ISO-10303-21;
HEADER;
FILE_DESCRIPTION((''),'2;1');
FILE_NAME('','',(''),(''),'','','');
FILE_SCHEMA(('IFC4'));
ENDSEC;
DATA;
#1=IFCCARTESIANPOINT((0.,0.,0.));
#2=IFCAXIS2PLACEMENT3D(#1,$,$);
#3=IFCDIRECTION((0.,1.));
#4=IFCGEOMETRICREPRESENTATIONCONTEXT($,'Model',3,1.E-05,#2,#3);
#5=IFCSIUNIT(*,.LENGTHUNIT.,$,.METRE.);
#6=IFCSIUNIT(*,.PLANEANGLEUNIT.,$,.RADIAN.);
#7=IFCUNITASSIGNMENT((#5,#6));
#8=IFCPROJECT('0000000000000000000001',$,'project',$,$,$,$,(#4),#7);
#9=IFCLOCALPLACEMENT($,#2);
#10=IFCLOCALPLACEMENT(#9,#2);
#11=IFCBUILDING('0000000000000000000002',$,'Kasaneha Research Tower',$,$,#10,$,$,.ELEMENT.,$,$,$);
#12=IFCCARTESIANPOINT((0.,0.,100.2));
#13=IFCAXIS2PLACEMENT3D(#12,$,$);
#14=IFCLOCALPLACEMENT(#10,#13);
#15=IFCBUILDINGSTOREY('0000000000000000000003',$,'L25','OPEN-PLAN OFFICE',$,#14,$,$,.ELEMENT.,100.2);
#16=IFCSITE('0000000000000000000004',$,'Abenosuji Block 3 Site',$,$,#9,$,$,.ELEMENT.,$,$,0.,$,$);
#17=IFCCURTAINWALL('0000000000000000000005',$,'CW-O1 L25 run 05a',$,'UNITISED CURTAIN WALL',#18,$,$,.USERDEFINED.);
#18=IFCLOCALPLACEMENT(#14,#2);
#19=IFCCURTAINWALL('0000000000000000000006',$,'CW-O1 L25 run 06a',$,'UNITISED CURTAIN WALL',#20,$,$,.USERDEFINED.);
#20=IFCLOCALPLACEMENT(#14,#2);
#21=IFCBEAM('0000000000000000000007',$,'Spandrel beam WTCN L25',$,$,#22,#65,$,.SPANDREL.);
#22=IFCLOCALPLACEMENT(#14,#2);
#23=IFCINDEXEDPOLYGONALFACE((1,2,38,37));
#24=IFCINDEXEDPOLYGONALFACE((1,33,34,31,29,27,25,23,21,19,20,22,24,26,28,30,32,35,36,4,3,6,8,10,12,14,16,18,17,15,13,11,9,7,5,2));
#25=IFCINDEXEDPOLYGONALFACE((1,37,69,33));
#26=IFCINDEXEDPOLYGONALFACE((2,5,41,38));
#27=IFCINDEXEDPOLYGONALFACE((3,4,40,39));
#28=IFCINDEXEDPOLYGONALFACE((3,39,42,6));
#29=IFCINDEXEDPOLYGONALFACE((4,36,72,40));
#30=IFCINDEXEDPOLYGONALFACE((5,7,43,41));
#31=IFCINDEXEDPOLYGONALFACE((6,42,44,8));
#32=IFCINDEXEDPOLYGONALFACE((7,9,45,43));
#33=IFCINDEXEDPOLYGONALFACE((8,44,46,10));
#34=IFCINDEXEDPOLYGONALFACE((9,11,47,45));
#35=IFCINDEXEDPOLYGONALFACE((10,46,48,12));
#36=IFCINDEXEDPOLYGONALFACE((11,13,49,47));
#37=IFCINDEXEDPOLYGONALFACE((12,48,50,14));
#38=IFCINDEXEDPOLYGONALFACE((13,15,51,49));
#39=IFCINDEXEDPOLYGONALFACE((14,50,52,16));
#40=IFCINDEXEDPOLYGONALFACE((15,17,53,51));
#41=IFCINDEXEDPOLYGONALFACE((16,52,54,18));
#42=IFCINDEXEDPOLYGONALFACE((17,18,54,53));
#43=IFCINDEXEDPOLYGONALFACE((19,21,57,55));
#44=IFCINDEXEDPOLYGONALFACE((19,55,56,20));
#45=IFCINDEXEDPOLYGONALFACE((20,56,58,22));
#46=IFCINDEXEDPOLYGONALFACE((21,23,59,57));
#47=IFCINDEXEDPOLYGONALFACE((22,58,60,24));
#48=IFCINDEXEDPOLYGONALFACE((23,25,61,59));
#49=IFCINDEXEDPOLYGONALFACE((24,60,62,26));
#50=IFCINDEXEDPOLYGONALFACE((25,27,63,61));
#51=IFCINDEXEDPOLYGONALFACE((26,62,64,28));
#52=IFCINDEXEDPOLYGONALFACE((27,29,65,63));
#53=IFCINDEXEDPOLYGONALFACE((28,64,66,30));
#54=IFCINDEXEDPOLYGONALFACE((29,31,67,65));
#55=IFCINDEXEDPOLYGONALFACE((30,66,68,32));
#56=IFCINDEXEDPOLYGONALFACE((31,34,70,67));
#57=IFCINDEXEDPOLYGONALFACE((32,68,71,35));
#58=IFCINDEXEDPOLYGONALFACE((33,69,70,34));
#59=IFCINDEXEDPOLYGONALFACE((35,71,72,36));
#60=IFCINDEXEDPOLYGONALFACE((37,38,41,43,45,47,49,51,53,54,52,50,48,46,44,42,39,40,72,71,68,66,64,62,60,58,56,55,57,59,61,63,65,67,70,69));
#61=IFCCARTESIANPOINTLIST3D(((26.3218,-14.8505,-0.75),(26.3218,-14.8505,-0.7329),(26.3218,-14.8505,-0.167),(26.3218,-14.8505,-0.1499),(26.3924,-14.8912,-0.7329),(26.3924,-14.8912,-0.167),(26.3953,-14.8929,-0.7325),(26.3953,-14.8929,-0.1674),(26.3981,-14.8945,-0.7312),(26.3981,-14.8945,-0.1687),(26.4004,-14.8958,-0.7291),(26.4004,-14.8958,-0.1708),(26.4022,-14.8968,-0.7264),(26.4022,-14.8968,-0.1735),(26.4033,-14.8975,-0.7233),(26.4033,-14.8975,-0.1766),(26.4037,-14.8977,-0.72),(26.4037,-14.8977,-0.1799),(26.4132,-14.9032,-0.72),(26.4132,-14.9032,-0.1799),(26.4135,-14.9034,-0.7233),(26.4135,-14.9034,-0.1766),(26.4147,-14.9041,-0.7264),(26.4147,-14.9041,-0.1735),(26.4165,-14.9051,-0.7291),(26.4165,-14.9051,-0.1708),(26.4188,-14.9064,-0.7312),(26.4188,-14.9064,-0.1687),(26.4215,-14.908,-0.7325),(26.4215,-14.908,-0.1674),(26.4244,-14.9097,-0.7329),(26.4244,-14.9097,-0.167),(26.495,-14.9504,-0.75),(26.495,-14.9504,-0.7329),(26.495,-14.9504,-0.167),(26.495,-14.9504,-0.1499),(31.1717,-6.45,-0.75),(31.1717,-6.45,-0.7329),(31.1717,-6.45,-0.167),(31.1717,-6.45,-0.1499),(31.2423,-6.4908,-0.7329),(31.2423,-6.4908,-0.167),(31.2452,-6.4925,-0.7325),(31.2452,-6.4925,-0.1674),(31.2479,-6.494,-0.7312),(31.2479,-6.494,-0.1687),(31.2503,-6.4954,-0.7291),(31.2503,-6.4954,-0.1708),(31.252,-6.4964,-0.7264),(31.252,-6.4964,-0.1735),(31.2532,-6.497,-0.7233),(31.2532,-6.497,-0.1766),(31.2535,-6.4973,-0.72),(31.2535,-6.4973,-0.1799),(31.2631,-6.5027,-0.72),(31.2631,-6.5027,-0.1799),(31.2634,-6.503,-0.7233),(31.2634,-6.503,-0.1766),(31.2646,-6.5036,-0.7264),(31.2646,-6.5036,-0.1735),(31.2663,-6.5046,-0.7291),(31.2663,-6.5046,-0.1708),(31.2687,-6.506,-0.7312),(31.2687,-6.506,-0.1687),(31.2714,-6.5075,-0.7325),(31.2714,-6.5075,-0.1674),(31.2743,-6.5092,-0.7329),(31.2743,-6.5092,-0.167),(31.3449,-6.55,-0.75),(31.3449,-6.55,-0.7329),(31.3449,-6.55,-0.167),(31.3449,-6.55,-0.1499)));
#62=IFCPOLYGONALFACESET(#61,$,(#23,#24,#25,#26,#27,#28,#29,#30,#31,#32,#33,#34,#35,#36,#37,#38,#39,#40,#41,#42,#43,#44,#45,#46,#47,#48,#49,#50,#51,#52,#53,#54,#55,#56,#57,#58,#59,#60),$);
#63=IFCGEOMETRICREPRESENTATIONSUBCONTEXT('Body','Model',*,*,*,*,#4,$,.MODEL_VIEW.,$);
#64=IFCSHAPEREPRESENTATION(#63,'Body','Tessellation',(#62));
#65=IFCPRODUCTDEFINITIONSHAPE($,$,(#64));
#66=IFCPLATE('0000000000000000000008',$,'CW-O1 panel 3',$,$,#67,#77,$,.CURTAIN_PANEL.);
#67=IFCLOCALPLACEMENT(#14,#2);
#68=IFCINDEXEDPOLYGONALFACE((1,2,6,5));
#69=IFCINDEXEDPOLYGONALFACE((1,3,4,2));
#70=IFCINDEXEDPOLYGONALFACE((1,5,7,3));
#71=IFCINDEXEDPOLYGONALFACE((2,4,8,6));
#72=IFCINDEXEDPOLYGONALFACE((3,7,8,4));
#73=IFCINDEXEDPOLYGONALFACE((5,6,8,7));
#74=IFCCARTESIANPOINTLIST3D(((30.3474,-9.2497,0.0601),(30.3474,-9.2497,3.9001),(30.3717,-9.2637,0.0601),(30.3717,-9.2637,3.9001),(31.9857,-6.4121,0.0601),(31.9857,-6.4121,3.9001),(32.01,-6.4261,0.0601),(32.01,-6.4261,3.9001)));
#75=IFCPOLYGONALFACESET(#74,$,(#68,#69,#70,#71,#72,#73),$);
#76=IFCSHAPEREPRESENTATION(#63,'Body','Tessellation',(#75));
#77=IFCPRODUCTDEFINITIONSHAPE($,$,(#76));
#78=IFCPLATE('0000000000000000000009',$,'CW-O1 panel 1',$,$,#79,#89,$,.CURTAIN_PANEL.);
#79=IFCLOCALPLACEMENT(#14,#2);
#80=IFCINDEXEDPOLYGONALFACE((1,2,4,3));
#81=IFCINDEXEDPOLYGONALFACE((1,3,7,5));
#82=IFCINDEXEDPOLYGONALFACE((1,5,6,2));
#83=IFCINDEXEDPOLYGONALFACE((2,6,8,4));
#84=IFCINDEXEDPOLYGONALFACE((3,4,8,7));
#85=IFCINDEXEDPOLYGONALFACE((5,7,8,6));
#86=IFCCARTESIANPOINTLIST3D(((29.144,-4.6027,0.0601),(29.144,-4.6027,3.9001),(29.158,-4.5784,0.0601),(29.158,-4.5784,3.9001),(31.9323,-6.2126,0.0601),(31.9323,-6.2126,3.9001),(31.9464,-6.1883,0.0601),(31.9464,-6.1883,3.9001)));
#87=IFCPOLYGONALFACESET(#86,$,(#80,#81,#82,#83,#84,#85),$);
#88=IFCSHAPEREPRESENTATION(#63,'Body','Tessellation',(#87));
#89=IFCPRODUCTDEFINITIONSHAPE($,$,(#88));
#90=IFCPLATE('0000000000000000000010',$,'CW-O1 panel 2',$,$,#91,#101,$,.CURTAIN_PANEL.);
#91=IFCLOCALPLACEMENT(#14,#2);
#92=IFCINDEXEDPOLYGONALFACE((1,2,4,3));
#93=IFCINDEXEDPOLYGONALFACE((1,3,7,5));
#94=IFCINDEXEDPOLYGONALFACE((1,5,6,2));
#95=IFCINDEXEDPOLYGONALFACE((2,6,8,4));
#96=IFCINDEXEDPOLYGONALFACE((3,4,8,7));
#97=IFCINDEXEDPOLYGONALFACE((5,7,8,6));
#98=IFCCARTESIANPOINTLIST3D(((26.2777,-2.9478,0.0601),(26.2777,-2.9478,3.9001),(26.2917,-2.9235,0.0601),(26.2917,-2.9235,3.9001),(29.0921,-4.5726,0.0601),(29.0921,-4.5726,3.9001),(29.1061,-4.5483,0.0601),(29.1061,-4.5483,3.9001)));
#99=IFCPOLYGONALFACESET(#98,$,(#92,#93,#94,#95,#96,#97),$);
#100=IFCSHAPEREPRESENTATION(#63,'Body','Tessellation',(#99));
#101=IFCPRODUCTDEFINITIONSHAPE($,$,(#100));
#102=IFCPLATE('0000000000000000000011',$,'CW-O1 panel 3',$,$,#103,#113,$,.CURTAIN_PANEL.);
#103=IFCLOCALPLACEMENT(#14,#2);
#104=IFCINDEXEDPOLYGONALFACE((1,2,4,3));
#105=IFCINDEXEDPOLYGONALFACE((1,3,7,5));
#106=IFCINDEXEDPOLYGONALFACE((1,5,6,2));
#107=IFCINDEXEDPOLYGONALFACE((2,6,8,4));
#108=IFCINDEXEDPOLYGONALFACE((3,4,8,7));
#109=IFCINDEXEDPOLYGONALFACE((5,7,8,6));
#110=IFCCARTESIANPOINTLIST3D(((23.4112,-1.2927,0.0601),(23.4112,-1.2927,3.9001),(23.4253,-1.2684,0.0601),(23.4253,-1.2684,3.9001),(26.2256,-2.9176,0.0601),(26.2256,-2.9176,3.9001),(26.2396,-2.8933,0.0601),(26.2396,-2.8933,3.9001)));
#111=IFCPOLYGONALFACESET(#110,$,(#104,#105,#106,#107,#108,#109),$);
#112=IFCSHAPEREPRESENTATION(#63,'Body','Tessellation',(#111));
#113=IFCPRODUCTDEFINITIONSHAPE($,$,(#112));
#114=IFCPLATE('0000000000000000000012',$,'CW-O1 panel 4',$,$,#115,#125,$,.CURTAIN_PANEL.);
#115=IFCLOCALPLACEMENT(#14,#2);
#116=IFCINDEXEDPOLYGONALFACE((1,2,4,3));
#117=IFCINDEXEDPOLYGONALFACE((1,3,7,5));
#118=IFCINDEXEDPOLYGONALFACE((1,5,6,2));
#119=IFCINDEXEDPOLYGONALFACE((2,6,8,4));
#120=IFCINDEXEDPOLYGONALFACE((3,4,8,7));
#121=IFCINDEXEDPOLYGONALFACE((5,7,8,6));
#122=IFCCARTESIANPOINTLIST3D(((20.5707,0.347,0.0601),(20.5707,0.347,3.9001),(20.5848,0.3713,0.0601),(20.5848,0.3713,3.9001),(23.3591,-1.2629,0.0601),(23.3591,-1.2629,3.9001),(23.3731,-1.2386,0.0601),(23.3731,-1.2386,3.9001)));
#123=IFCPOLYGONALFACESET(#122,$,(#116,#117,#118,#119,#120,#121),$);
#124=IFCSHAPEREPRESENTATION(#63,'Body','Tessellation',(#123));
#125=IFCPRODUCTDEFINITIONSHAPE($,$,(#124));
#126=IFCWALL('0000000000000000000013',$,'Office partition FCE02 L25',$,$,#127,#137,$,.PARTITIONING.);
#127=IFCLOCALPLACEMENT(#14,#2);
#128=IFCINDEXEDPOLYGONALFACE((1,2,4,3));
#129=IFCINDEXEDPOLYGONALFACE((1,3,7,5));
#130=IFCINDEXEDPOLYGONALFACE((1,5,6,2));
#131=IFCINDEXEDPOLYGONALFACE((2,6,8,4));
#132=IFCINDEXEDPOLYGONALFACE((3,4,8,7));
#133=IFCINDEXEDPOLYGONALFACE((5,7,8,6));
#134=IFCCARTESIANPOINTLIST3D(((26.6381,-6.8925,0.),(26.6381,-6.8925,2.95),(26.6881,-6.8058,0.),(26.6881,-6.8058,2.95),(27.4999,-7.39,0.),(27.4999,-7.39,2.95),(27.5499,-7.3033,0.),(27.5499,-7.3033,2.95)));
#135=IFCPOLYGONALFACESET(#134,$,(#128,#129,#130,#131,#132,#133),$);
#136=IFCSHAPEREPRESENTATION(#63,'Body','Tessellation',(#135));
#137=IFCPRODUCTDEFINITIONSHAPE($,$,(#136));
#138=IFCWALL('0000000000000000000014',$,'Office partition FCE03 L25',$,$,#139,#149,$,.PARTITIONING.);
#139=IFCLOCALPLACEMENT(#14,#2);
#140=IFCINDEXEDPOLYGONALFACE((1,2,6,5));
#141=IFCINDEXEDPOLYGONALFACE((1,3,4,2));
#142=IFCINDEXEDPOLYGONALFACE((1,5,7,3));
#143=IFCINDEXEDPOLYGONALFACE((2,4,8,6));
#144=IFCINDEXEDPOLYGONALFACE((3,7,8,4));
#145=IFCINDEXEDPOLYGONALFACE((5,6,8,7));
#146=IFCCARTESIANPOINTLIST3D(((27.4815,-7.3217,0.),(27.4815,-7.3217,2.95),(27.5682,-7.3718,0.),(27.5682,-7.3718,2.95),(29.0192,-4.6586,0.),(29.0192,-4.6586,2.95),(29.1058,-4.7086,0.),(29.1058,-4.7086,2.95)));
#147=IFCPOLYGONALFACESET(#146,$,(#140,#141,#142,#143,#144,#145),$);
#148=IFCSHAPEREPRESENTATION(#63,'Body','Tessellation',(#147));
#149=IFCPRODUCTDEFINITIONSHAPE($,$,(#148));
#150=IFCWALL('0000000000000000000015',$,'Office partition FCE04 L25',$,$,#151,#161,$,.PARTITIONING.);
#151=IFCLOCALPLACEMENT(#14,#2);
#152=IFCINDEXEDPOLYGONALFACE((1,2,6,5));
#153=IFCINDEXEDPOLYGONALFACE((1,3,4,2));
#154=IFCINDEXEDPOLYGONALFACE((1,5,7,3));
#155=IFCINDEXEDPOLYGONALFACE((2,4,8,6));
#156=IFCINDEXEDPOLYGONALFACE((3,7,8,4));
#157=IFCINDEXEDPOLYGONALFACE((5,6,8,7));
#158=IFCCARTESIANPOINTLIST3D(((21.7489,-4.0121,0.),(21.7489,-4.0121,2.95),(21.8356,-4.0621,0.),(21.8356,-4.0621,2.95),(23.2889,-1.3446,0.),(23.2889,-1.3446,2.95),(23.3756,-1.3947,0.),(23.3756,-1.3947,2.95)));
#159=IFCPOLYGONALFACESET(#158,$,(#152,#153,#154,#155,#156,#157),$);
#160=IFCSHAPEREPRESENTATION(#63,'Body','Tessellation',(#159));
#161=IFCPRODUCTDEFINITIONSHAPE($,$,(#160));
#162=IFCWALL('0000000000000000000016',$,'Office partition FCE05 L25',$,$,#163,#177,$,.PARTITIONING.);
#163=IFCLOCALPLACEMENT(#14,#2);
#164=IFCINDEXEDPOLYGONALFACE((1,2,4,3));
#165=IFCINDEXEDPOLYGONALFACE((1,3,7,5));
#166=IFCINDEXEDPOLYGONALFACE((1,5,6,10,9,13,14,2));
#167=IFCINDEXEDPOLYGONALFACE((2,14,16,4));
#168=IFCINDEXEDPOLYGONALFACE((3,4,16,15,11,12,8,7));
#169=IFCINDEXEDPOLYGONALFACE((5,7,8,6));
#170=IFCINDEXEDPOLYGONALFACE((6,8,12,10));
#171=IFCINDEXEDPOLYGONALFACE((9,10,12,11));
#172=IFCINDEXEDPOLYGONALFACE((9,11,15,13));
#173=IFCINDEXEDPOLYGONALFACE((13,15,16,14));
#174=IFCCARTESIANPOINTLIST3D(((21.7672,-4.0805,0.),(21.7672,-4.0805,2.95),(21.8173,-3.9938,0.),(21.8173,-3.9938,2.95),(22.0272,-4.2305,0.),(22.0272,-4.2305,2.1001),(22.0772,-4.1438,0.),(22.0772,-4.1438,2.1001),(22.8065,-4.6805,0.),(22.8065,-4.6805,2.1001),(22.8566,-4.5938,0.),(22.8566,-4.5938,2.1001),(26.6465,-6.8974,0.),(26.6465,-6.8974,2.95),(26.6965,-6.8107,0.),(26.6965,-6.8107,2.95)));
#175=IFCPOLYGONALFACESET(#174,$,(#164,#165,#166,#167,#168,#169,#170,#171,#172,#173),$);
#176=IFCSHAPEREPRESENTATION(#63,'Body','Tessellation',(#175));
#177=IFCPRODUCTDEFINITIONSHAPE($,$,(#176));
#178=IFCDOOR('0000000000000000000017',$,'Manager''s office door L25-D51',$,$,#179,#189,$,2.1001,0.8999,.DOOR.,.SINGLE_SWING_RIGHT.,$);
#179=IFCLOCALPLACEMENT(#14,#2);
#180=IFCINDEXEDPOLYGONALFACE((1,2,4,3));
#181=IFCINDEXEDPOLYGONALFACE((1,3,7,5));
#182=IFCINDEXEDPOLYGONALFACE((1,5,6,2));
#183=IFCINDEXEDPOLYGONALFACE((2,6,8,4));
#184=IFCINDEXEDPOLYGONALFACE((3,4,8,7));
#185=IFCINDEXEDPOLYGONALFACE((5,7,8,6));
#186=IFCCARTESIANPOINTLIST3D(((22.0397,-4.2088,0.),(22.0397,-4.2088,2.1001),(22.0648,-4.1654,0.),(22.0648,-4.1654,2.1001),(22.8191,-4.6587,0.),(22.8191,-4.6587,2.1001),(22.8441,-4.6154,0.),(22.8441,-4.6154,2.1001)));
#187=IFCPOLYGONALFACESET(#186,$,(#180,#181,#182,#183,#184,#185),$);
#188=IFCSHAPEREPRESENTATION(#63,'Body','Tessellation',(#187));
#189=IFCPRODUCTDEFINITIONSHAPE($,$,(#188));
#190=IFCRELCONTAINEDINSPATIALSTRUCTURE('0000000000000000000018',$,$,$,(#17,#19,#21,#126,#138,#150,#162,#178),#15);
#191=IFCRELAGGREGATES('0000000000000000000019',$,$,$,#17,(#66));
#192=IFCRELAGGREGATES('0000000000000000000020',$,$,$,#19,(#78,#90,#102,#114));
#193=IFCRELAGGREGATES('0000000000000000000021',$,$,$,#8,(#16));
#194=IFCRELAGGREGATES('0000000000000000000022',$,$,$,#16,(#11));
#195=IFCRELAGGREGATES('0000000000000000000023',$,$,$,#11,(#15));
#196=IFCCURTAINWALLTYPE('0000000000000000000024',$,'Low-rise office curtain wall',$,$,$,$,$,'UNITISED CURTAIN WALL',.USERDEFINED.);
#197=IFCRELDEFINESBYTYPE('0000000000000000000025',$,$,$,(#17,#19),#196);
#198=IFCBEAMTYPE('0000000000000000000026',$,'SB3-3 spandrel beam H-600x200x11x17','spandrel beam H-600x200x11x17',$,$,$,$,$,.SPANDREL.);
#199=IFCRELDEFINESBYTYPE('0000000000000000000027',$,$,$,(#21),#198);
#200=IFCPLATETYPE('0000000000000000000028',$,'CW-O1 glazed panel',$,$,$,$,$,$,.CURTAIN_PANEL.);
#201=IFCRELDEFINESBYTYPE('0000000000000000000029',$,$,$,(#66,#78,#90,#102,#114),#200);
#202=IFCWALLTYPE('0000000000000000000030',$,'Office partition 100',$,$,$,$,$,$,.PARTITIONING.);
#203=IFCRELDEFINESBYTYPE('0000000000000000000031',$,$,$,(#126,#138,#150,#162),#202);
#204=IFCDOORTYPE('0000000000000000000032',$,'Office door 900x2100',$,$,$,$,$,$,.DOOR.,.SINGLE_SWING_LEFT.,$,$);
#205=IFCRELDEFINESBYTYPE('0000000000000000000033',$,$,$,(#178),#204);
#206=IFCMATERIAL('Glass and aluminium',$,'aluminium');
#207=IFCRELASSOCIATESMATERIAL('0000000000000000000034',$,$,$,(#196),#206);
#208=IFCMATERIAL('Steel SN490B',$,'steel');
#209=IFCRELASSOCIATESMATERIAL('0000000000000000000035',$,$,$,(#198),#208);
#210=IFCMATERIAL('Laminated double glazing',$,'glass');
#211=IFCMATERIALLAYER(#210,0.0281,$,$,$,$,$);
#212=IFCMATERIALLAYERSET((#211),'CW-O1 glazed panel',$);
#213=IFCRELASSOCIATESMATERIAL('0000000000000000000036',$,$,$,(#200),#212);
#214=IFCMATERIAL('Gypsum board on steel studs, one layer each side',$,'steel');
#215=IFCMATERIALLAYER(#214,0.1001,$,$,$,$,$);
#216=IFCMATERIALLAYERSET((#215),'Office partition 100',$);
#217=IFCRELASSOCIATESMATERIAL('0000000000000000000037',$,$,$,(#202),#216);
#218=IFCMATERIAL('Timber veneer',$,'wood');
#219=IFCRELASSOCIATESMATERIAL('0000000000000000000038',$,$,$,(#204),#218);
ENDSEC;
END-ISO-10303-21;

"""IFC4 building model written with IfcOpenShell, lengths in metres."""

from ifc_helpers import new_model, si_unit, direction, frame, frame_2d, origin, origin_2d, place, context, subcontext, project, spatial, rectangle, i_section, extrude, material, layer, layer_set, material_profile, profile_set, type_object, element, fill, aggregate, save


model = new_model("IFC4")

# Units and contexts
model_context = context("Model", 3, precision=1e-05, world=origin(), true_north=direction((0.0, 1.0)))
body_context = subcontext(model_context, "Body", "Model", "MODEL_VIEW")
ifc_project = project(units=[si_unit("LENGTHUNIT", "METRE"), si_unit("PLANEANGLEUNIT", "RADIAN")], contexts=[model_context])

# Site, building, storey
site_placement = place(None, origin())
site = spatial("IfcSite", under=ifc_project, at=site_placement, Name="Abenosuji Block 3 Site", CompositionType="ELEMENT", RefElevation=0.0)
building_placement = place(site_placement, origin())
building = spatial("IfcBuilding", under=site, at=building_placement, Name="Kasaneha Research Tower", CompositionType="ELEMENT")
storey_placement = place(building_placement, frame((0.0, 0.0, 100.2)))
storey = spatial("IfcBuildingStorey", under=building, at=storey_placement, Name="L25", Description="OPEN-PLAN OFFICE", CompositionType="ELEMENT", Elevation=100.2)

# Curtain walls
ifc_material_1 = material(Name="Glass and aluminium", Category="aluminium")
curtain_wall_type = type_object("IfcCurtainWallType", Name="Low-rise office curtain wall", ElementType="UNITISED CURTAIN WALL", PredefinedType="USERDEFINED", material=ifc_material_1)
curtain_wall_1_placement = place(storey_placement, origin())
curtain_wall_1 = element("IfcCurtainWall", 1, at=curtain_wall_1_placement, inside=storey, type_object=curtain_wall_type, Name="CW-O1 L25 run 05a", ObjectType="UNITISED CURTAIN WALL", PredefinedType="USERDEFINED")
curtain_wall_2_placement = place(storey_placement, origin())
curtain_wall_2 = element("IfcCurtainWall", 2, at=curtain_wall_2_placement, inside=storey, type_object=curtain_wall_type, Name="CW-O1 L25 run 06a", ObjectType="UNITISED CURTAIN WALL", PredefinedType="USERDEFINED")

# Beam
ifc_material_2 = material(Name="Steel SN490B", Category="steel")
ifc_material_profile_1 = material_profile(ifc_material_2, i_section(OverallWidth=0.2, OverallDepth=0.6001, WebThickness=0.011, FlangeThickness=0.0171, FilletRadius=0.0129, at=origin_2d()), Name="H-600x200x11x17")
ifc_profile_set_1 = profile_set([ifc_material_profile_1], Name="Steel SN490B")
beam_type_1 = type_object("IfcBeamType", Name="SB3-3 spandrel beam H-600x200x11x17", Description="spandrel beam H-600x200x11x17", PredefinedType="SPANDREL", material=ifc_profile_set_1)
beam_1_placement = place(storey_placement, frame((31.2583, -6.5, -0.45), z_axis=(-0.499991, -0.866031, 0.0), x_axis=(0.866031, -0.499991, 0.0)))
element("IfcBeam", 3, at=beam_1_placement, inside=storey, type_object=beam_type_1, Name="Spandrel beam WTCN L25", PredefinedType="SPANDREL", context=body_context, shape_type="SweptSolid", body=[
    extrude(i_section(OverallWidth=0.2, OverallDepth=0.6001, WebThickness=0.011, FlangeThickness=0.0171, FilletRadius=0.0129, at=origin_2d()), origin(), (0.0, 0.0, 1.0), 9.7),
])

# Plates
ifc_material_3 = material(Name="Laminated double glazing", Category="glass")
ifc_layer_1 = layer(ifc_material_3, 0.0281)
ifc_layer_set_1 = layer_set([ifc_layer_1], Name="CW-O1 glazed panel")
plate_type = type_object("IfcPlateType", Name="CW-O1 glazed panel", PredefinedType="CURTAIN_PANEL", material=ifc_layer_set_1)
plate_1_placement = place(storey_placement, frame((31.1787, -7.8379, 0.0601), z_axis=(0.0, 0.0, 1.0), x_axis=(0.5, 0.866025, 0.0)))
plate_1 = element("IfcPlate", 4, at=plate_1_placement, type_object=plate_type, Name="CW-O1 panel 3", PredefinedType="CURTAIN_PANEL", context=body_context, shape_type="SweptSolid", body=[
    extrude(rectangle(XDim=3.2766, YDim=0.0281, at=origin_2d()), origin(), (0.0, 0.0, 1.0), 3.8401),
])
aggregate(curtain_wall_1, [plate_1])
plate_2_placement = place(storey_placement, frame((30.5452, -5.3955, 0.0601), z_axis=(0.0, 0.0, 1.0), x_axis=(-0.866025, 0.5, 0.0)))
plate_2 = element("IfcPlate", 5, at=plate_2_placement, type_object=plate_type, Name="CW-O1 panel 1", PredefinedType="CURTAIN_PANEL", context=body_context, shape_type="SweptSolid", body=[
    extrude(rectangle(XDim=3.2197, YDim=0.0281, at=origin_2d()), origin(), (0.0, 0.0, 1.0), 3.8401),
])
plate_3_placement = place(storey_placement, frame((27.6919, -3.748, 0.0601), z_axis=(0.0, 0.0, 1.0), x_axis=(-0.866025, 0.5, 0.0)))
plate_3 = element("IfcPlate", 6, at=plate_3_placement, type_object=plate_type, Name="CW-O1 panel 2", PredefinedType="CURTAIN_PANEL", context=body_context, shape_type="SweptSolid", body=[
    extrude(rectangle(XDim=3.2498, YDim=0.0281, at=origin_2d()), origin(), (0.0, 0.0, 1.0), 3.8401),
])
plate_4_placement = place(storey_placement, frame((24.8254, -2.093, 0.0601), z_axis=(0.0, 0.0, 1.0), x_axis=(-0.866025, 0.5, 0.0)))
plate_4 = element("IfcPlate", 7, at=plate_4_placement, type_object=plate_type, Name="CW-O1 panel 3", PredefinedType="CURTAIN_PANEL", context=body_context, shape_type="SweptSolid", body=[
    extrude(rectangle(XDim=3.2498, YDim=0.0281, at=origin_2d()), origin(), (0.0, 0.0, 1.0), 3.8401),
])
plate_5_placement = place(storey_placement, frame((21.9719, -0.4458, 0.0601), z_axis=(0.0, 0.0, 1.0), x_axis=(-0.866025, 0.5, 0.0)))
plate_5 = element("IfcPlate", 8, at=plate_5_placement, type_object=plate_type, Name="CW-O1 panel 4", PredefinedType="CURTAIN_PANEL", context=body_context, shape_type="SweptSolid", body=[
    extrude(rectangle(XDim=3.2197, YDim=0.0281, at=origin_2d()), origin(), (0.0, 0.0, 1.0), 3.8401),
])
aggregate(curtain_wall_2, [plate_2, plate_3, plate_4, plate_5])

# Walls
ifc_material_4 = material(Name="Gypsum board on steel studs, one layer each side", Category="steel")
ifc_layer_2 = layer(ifc_material_4, 0.1001)
ifc_layer_set_2 = layer_set([ifc_layer_2], Name="Office partition 100")
wall_type_1 = type_object("IfcWallType", Name="Office partition 100", PredefinedType="PARTITIONING", material=ifc_layer_set_2)
wall_1_placement = place(storey_placement, frame((27.5249, -7.3467, 0.0), z_axis=(0.0, 0.0, 1.0), x_axis=(-0.86603, 0.499991, 0.0)))
element("IfcWall", 9, at=wall_1_placement, inside=storey, type_object=wall_type_1, Name="Office partition FCE02 L25", PredefinedType="PARTITIONING", context=body_context, shape_type="SweptSolid", body=[
    extrude(rectangle(XDim=0.9951, YDim=0.1001, at=frame_2d((0.4976, 0.0))), origin(), (0.0, 0.0, 1.0), 2.95),
])
wall_2_placement = place(storey_placement, frame((29.0625, -4.6836, 0.0), z_axis=(0.0, 0.0, 1.0), x_axis=(-0.500016, -0.866016, 0.0)))
element("IfcWall", 10, at=wall_2_placement, inside=storey, type_object=wall_type_1, Name="Office partition FCE03 L25", PredefinedType="PARTITIONING", context=body_context, shape_type="SweptSolid", body=[
    extrude(rectangle(XDim=3.0752, YDim=0.1001, at=frame_2d((1.5376, 0.0))), origin(), (0.0, 0.0, 1.0), 2.95),
])
wall_3_placement = place(storey_placement, frame((21.7922, -4.0371, 0.0), z_axis=(0.0, 0.0, 1.0), x_axis=(0.499992, 0.86603, 0.0)))
element("IfcWall", 11, at=wall_3_placement, inside=storey, type_object=wall_type_1, Name="Office partition FCE04 L25", PredefinedType="PARTITIONING", context=body_context, shape_type="SweptSolid", body=[
    extrude(rectangle(XDim=3.0801, YDim=0.1001, at=frame_2d((1.54, 0.0))), origin(), (0.0, 0.0, 1.0), 2.95),
])

# Wall, opening, door
wall_4_placement = place(storey_placement, frame((26.6714, -6.854, 0.0), z_axis=(0.0, 0.0, 1.0), x_axis=(-0.866032, 0.499989, 0.0)))
wall_4 = element("IfcWall", 12, at=wall_4_placement, inside=storey, type_object=wall_type_1, Name="Office partition FCE05 L25", PredefinedType="PARTITIONING", context=body_context, shape_type="SweptSolid", body=[
    extrude(rectangle(XDim=5.634, YDim=0.1001, at=frame_2d((2.8169, 0.0))), origin(), (0.0, 0.0, 1.0), 2.95),
])
opening_placement = place(wall_4_placement, frame((4.4338, 0.0, 0.0)))
opening = element("IfcOpeningElement", 13, at=opening_placement, cuts=wall_4, PredefinedType="OPENING", context=body_context, shape_type="SweptSolid", body=[
    extrude(rectangle(XDim=0.8999, YDim=2.1001, at=frame_2d((0.45, 1.05))), frame((0.0, 0.0601, 0.0), z_axis=(0.0, -1.0, 0.0), x_axis=(1.0, 0.0, 0.0)), (0.0, 0.0, 1.0), 0.1201),
])
ifc_material_5 = material(Name="Timber veneer", Category="wood")
door_type = type_object("IfcDoorType", Name="Office door 900x2100", OperationType="SINGLE_SWING_LEFT", PredefinedType="DOOR", material=ifc_material_5)
door_placement = place(opening_placement, origin())
door = element("IfcDoor", 14, at=door_placement, inside=storey, type_object=door_type, Name="Manager's office door L25-D51", OperationType="SINGLE_SWING_RIGHT", OverallHeight=2.1001, OverallWidth=0.8999, PredefinedType="DOOR", context=body_context, shape_type="SweptSolid", body=[
    extrude(rectangle(XDim=0.8999, YDim=2.1001, at=frame_2d((0.45, 1.05))), frame((0.0, 0.0249, 0.0), z_axis=(0.0, -1.0, 0.0), x_axis=(1.0, 0.0, 0.0)), (0.0, 0.0, 1.0), 0.05),
])
fill(opening, door)

save(model, "model.ifc")
